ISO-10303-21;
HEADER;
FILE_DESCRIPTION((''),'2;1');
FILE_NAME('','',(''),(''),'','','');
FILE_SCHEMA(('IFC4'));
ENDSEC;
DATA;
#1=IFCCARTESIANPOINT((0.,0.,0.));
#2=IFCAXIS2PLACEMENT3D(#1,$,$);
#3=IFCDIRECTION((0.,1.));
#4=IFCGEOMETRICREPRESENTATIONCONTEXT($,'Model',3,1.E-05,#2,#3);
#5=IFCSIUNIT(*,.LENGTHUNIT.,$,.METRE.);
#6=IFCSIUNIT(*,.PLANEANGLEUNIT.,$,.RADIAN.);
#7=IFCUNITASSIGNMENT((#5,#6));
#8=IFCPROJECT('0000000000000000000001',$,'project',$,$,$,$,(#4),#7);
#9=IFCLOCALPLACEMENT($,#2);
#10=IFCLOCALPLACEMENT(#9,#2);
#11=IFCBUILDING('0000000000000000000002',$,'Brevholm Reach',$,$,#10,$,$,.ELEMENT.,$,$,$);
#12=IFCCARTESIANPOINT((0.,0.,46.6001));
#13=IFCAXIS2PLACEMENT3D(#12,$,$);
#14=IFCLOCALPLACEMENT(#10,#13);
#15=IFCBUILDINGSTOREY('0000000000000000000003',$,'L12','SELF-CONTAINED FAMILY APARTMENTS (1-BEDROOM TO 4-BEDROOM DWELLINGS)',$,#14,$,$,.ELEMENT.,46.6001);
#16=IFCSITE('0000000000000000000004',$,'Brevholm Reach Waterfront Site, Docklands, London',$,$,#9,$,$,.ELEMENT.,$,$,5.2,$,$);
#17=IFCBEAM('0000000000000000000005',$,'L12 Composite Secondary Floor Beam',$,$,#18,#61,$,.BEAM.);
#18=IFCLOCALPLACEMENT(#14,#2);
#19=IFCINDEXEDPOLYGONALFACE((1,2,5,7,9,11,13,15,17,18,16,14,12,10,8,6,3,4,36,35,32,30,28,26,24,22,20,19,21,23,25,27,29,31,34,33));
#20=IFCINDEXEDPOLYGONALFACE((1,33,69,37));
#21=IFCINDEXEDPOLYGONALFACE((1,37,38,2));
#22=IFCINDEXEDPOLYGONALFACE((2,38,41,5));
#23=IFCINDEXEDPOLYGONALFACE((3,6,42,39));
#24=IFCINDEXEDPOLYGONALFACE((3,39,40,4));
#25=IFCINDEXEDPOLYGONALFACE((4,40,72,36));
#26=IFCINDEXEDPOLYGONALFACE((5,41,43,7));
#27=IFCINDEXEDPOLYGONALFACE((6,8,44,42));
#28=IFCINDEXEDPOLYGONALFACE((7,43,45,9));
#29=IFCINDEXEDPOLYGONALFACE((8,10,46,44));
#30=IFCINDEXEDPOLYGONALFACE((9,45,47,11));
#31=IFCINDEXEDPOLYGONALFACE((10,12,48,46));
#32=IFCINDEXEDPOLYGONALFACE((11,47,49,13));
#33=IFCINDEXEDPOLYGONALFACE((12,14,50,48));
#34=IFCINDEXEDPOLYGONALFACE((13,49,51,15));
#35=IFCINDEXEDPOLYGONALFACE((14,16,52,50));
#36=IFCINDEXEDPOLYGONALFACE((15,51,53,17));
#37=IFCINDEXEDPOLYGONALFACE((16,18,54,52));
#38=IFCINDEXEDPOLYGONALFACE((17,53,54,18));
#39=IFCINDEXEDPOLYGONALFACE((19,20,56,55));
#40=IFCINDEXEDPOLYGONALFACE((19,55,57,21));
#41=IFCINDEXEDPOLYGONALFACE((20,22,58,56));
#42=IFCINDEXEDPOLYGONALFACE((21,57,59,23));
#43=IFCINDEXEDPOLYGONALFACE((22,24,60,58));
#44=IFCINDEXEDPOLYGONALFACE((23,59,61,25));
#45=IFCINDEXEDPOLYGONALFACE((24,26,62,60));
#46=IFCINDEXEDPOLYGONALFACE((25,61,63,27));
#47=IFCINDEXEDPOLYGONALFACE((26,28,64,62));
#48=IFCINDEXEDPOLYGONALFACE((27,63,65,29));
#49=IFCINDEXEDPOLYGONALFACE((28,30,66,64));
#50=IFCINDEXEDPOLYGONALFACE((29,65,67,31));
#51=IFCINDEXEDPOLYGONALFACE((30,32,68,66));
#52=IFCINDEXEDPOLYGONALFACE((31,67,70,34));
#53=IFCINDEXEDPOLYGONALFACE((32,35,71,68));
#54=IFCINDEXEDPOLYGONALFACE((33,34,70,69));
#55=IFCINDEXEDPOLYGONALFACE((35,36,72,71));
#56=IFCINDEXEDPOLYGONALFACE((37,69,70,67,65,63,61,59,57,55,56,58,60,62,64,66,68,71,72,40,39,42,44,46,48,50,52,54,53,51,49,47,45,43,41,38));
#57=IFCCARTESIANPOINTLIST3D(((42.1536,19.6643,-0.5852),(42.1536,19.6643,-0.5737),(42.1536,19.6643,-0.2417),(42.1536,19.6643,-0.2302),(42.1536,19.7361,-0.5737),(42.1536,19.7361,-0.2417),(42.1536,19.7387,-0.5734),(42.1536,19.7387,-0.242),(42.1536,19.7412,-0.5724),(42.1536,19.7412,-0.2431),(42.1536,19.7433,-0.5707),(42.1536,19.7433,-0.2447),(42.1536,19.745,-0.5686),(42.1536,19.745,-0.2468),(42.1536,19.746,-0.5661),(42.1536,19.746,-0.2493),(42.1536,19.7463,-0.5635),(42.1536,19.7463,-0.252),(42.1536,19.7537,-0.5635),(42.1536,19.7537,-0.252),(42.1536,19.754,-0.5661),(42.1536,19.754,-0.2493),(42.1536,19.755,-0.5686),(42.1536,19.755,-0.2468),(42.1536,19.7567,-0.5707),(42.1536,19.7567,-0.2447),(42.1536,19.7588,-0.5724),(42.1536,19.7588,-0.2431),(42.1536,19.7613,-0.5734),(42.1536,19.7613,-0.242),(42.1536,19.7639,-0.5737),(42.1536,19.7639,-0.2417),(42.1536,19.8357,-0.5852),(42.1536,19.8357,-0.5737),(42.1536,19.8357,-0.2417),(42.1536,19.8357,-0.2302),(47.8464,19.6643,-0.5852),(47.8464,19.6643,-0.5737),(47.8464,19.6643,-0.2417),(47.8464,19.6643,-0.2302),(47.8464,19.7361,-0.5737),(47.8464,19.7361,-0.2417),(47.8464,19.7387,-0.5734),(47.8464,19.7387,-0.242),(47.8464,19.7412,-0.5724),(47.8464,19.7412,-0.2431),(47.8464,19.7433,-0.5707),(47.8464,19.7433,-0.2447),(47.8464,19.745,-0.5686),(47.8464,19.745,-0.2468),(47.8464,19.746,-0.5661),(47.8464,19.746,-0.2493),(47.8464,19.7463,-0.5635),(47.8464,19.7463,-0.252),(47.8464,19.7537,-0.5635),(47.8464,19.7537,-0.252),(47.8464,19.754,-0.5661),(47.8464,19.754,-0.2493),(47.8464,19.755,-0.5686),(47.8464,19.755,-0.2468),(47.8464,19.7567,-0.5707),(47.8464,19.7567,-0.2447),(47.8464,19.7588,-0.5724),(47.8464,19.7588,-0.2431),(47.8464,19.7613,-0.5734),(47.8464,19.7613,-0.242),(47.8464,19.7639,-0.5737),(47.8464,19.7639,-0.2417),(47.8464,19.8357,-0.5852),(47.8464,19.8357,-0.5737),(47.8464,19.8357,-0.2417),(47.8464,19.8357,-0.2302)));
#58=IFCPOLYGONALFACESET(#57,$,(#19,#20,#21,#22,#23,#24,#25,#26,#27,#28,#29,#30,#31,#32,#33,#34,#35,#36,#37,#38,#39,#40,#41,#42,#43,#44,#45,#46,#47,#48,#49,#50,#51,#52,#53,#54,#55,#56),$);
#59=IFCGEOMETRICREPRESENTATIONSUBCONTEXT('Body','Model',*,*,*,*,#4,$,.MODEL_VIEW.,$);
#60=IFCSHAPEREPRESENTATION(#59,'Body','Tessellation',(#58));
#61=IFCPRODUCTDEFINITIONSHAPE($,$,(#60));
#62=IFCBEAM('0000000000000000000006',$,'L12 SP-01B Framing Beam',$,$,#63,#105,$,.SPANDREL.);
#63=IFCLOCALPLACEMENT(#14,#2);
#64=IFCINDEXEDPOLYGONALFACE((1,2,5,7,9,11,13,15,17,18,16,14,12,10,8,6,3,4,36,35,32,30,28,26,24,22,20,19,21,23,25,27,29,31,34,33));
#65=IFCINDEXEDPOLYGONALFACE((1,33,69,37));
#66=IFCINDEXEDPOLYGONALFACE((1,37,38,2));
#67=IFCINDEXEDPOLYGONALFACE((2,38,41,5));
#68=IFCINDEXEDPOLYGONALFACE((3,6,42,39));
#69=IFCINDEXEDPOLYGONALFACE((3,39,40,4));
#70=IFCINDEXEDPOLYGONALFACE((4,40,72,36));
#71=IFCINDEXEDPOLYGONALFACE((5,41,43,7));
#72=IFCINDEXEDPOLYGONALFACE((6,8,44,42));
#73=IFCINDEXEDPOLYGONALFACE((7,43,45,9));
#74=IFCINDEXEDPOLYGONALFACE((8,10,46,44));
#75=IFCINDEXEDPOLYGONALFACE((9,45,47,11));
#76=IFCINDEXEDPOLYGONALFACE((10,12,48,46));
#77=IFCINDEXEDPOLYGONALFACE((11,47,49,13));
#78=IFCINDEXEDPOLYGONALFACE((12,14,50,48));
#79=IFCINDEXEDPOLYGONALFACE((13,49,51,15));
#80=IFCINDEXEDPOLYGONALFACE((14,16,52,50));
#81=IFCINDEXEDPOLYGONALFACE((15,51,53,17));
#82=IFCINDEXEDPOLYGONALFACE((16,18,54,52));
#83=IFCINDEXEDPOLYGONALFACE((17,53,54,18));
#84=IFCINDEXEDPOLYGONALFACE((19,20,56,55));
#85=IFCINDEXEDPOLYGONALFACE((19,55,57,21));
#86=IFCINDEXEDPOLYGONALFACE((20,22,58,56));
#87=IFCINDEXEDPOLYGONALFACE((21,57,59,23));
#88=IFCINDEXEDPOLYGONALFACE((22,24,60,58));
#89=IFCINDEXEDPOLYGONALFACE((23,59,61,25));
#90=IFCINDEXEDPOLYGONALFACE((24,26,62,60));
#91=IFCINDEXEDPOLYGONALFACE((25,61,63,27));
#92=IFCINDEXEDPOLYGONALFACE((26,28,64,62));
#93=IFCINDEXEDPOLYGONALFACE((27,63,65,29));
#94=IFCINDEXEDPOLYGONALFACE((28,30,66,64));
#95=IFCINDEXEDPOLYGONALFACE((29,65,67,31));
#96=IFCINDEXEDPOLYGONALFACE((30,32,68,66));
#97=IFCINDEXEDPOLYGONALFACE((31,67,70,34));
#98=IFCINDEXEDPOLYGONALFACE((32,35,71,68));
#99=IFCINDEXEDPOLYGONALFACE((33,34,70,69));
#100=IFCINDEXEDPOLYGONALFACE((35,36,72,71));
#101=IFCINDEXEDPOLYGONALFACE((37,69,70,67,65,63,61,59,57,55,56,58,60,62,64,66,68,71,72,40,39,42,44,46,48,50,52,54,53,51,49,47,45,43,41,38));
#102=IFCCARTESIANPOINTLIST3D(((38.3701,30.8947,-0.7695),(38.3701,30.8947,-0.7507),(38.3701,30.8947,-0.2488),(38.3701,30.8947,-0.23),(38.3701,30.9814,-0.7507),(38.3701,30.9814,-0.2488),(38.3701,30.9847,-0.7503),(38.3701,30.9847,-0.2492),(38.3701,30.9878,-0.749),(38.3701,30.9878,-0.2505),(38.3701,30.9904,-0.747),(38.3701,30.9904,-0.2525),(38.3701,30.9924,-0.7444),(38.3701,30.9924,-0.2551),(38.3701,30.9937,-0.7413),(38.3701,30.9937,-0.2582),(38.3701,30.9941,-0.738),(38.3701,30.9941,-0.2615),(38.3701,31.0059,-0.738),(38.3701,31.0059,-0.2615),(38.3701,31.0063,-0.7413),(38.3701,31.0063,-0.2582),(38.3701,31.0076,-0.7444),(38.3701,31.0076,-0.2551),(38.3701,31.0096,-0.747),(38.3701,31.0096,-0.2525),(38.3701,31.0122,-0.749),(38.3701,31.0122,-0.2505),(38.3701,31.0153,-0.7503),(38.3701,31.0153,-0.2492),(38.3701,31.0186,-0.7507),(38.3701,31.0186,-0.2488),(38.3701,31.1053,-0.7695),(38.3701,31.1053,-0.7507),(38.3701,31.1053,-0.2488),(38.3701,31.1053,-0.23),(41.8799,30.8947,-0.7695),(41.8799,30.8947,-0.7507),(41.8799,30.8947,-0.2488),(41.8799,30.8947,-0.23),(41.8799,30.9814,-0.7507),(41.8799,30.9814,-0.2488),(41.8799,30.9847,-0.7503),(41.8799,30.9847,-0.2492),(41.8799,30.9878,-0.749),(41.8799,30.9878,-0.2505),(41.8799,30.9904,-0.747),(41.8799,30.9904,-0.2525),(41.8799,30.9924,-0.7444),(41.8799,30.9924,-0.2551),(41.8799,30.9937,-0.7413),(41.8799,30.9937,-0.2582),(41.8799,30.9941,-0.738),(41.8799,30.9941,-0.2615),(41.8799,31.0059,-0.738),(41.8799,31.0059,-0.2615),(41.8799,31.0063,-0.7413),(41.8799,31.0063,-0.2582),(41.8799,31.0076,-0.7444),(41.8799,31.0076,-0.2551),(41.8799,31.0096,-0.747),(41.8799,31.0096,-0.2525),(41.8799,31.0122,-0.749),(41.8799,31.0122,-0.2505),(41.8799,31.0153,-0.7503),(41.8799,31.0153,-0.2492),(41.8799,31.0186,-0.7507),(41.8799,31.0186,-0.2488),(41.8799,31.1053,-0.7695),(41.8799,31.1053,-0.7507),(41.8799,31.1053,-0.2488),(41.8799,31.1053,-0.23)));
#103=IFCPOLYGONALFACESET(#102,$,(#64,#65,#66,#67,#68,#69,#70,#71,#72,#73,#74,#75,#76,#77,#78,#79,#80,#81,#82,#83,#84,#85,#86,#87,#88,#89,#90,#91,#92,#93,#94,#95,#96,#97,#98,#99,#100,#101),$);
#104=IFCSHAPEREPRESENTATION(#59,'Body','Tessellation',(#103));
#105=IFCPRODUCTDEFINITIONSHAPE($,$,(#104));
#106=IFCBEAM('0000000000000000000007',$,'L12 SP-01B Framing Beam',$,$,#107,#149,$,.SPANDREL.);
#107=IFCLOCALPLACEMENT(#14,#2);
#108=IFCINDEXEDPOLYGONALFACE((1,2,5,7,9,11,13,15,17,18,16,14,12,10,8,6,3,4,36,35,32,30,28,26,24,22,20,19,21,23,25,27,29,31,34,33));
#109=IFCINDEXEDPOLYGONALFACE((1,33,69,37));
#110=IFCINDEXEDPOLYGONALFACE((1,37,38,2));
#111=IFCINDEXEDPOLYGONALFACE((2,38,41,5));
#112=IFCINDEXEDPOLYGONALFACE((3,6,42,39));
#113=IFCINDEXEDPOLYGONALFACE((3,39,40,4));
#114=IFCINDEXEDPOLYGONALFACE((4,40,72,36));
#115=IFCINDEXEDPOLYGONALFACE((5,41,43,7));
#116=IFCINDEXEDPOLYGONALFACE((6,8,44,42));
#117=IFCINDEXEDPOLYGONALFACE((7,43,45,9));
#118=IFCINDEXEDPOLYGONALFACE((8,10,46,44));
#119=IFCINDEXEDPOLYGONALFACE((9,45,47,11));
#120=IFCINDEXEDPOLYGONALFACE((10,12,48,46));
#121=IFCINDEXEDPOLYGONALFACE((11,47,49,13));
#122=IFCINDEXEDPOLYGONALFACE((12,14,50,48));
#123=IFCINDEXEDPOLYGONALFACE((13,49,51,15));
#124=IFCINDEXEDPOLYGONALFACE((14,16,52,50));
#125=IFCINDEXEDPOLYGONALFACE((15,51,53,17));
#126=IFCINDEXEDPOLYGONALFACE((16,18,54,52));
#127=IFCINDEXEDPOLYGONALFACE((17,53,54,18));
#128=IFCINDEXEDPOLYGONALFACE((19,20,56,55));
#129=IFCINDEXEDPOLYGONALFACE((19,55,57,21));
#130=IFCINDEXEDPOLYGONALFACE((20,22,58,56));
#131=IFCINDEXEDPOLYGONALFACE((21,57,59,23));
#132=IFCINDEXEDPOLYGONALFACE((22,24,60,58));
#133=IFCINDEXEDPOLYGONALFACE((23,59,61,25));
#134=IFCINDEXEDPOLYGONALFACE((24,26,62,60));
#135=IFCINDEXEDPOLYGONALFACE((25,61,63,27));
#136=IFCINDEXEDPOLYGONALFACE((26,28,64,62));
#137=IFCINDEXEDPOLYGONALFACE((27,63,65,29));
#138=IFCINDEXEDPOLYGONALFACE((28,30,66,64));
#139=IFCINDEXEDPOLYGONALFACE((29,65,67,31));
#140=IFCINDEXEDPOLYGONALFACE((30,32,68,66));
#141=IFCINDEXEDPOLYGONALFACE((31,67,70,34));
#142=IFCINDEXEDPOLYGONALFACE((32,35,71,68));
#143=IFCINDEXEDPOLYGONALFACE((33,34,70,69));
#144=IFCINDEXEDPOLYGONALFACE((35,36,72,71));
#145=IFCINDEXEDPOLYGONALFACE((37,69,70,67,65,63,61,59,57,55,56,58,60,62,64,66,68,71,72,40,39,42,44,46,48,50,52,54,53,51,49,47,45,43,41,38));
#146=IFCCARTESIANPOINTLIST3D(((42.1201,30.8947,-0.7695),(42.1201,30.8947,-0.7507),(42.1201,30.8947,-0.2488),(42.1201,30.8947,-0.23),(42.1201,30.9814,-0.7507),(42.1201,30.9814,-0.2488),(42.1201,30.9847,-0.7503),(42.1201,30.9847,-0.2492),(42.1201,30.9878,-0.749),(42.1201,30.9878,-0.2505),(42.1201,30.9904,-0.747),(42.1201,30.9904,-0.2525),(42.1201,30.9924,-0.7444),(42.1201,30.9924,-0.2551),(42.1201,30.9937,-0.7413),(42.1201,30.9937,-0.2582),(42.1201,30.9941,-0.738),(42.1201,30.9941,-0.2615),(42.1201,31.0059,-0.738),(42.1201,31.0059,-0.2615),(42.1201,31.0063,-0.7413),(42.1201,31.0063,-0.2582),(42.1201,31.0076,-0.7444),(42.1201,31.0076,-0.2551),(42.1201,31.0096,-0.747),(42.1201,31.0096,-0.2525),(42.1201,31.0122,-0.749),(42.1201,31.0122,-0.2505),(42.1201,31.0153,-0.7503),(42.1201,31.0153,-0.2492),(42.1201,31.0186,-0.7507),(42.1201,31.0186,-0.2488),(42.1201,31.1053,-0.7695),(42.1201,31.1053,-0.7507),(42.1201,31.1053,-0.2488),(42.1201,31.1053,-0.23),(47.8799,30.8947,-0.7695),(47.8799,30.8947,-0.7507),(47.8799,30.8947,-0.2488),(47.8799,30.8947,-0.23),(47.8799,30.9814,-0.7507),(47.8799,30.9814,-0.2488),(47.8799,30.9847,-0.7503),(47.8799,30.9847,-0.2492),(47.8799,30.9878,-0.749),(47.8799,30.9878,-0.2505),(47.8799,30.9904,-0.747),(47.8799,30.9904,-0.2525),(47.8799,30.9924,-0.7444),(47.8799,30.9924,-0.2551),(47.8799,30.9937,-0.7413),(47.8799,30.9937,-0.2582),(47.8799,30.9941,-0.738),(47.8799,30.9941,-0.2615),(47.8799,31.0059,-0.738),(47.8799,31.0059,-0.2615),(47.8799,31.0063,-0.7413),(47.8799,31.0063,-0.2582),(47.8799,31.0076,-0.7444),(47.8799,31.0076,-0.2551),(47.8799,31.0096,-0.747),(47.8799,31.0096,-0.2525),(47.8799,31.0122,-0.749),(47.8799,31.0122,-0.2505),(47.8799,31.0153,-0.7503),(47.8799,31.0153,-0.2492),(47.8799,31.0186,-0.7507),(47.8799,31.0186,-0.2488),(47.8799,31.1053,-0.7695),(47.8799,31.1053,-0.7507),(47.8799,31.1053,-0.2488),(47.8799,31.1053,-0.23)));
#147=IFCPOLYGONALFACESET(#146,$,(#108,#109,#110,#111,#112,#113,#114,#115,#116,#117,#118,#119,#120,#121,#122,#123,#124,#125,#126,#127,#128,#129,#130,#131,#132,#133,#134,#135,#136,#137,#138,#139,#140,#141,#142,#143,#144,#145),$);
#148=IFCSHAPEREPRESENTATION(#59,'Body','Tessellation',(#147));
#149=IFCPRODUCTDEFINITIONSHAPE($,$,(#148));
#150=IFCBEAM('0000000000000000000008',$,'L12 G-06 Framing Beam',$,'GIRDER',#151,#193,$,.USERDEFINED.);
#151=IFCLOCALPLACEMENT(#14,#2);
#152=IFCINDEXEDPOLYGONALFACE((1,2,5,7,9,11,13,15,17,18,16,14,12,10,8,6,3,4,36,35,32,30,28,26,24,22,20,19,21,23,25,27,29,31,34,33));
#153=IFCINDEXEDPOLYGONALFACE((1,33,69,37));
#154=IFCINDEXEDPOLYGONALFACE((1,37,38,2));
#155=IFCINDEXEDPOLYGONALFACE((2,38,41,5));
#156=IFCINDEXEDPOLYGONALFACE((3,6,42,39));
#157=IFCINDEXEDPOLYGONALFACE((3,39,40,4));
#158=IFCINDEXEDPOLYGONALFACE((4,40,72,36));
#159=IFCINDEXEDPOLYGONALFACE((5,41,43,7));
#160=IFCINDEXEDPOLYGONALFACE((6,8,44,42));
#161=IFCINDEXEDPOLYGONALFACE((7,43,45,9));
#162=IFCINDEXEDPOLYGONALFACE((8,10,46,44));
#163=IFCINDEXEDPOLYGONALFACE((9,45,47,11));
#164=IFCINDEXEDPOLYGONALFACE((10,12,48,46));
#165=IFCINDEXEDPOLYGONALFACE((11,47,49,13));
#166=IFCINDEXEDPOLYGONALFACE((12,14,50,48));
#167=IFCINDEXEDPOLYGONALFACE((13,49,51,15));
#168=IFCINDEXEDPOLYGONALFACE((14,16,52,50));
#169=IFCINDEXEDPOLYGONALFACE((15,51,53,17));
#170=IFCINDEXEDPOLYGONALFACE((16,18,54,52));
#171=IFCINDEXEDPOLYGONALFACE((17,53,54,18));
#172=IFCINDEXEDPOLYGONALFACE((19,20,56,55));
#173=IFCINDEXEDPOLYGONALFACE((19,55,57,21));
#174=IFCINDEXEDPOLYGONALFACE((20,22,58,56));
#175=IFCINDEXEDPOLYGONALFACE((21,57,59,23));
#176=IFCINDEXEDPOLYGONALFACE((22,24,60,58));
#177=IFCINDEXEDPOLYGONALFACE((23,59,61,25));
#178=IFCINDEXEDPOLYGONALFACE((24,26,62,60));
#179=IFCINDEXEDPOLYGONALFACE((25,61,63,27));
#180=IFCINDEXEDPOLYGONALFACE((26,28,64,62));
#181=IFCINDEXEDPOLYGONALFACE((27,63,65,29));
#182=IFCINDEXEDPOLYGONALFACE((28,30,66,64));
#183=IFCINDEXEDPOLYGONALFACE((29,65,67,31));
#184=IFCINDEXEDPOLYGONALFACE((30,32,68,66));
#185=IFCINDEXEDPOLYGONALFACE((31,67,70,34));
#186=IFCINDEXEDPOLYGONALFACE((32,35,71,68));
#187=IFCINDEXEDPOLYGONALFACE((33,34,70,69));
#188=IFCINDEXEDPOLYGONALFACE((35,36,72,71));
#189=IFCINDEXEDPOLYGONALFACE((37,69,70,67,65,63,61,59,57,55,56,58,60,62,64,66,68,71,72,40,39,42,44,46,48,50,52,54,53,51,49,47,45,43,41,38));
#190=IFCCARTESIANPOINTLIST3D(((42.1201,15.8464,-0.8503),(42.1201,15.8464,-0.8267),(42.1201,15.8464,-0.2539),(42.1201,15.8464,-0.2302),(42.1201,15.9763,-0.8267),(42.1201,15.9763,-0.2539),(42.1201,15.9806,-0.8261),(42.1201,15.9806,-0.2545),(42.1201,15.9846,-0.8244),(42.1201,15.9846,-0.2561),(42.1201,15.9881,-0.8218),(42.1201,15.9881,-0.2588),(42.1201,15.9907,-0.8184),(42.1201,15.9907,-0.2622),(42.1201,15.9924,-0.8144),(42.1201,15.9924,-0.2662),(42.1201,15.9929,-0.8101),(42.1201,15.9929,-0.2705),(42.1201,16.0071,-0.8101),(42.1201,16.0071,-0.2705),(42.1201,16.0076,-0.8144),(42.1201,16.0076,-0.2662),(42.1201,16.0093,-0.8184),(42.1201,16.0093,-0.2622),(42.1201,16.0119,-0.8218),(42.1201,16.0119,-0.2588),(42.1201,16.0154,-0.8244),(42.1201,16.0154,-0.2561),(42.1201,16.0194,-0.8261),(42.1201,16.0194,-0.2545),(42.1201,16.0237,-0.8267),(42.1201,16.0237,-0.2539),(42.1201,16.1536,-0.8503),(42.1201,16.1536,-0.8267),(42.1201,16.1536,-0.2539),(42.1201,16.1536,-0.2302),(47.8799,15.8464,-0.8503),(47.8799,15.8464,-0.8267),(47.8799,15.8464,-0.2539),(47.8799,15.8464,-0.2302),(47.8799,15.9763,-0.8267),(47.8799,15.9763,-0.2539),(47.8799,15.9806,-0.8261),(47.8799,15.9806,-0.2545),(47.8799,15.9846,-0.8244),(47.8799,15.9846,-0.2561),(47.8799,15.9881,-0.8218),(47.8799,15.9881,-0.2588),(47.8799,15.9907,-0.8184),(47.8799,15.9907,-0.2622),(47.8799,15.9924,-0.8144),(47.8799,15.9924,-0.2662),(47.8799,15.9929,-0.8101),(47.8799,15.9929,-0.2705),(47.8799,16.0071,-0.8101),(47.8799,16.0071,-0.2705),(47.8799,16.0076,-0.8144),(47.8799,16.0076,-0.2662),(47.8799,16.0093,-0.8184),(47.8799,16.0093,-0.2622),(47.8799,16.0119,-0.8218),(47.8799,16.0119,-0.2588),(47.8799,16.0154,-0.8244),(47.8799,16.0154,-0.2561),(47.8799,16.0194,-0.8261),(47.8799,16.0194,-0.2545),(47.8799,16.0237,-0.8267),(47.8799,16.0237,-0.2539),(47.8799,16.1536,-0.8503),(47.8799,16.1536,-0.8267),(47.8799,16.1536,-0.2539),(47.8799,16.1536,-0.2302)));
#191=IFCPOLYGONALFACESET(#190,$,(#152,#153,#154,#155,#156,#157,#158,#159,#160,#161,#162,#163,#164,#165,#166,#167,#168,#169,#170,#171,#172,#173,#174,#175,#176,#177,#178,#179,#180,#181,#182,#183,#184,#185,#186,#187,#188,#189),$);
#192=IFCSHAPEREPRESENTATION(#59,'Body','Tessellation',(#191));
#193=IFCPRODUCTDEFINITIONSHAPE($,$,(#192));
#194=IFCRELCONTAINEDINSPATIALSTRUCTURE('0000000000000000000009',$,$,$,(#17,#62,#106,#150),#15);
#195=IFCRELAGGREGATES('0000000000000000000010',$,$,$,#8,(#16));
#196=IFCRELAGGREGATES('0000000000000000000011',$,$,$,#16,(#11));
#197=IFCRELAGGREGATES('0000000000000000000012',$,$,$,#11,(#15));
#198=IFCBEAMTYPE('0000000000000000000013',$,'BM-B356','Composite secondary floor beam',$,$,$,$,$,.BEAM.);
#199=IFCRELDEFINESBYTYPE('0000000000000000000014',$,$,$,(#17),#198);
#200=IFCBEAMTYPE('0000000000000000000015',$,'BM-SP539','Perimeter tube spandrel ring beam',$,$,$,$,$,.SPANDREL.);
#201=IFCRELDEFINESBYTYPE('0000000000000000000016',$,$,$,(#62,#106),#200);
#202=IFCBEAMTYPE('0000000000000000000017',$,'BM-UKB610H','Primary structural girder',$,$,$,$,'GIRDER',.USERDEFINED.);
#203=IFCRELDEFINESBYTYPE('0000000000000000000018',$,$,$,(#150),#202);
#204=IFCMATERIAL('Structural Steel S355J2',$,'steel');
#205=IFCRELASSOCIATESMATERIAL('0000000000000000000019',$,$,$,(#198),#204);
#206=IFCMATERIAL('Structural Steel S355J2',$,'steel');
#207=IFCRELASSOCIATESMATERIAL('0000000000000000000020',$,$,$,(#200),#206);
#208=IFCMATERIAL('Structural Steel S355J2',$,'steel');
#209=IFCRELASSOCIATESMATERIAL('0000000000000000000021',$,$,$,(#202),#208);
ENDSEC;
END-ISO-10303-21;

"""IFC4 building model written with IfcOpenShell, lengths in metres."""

from ifc_helpers import new_model, si_unit, direction, frame, origin, origin_2d, place, context, subcontext, project, spatial, i_section, extrude, material, material_profile, profile_set, type_object, element, save


model = new_model("IFC4")

# Units and contexts
model_context = context("Model", 3, precision=1e-05, world=origin(), true_north=direction((0.0, 1.0)))
body_context = subcontext(model_context, "Body", "Model", "MODEL_VIEW")
ifc_project = project(units=[si_unit("LENGTHUNIT", "METRE"), si_unit("PLANEANGLEUNIT", "RADIAN")], contexts=[model_context])

# Site, building, storey
site_placement = place(None, origin())
site = spatial("IfcSite", under=ifc_project, at=site_placement, Name="Brevholm Reach Waterfront Site, Docklands, London", CompositionType="ELEMENT", RefElevation=5.2)
building_placement = place(site_placement, origin())
building = spatial("IfcBuilding", under=site, at=building_placement, Name="Brevholm Reach", CompositionType="ELEMENT")
storey_placement = place(building_placement, frame((0.0, 0.0, 46.6001)))
storey = spatial("IfcBuildingStorey", under=building, at=storey_placement, Name="L12", Description="SELF-CONTAINED FAMILY APARTMENTS (1-BEDROOM TO 4-BEDROOM DWELLINGS)", CompositionType="ELEMENT", Elevation=46.6001)

# Beams
ifc_material_1 = material(Name="Structural Steel S355J2", Category="steel")
ifc_material_profile_1 = material_profile(ifc_material_1, i_section(OverallWidth=0.1714, OverallDepth=0.355, WebThickness=0.0073, FlangeThickness=0.0115, FilletRadius=0.0103, at=origin_2d()), Name="UKB 356x171x51")
ifc_profile_set_1 = profile_set([ifc_material_profile_1], Name="Structural Steel S355J2")
beam_type_1 = type_object("IfcBeamType", Name="BM-B356", Description="Composite secondary floor beam", PredefinedType="BEAM", material=ifc_profile_set_1)
beam_1_placement = place(storey_placement, frame((42.1536, 19.75, -0.4077), z_axis=(1.0, 0.0, 0.0), x_axis=(0.0, 1.0, 0.0)))
element("IfcBeam", 1, at=beam_1_placement, inside=storey, type_object=beam_type_1, Name="L12 Composite Secondary Floor Beam", PredefinedType="BEAM", context=body_context, shape_type="SweptSolid", body=[
    extrude(i_section(OverallWidth=0.1714, OverallDepth=0.355, WebThickness=0.0073, FlangeThickness=0.0115, FilletRadius=0.0103, at=origin_2d()), origin(), (0.0, 0.0, 1.0), 5.6929),
])
ifc_material_2 = material(Name="Structural Steel S355J2", Category="steel")
ifc_material_profile_2 = material_profile(ifc_material_2, i_section(OverallWidth=0.2107, OverallDepth=0.5396, WebThickness=0.0117, FlangeThickness=0.0188, FilletRadius=0.0127, at=origin_2d()), Name="UKB 533x210x109")
ifc_profile_set_2 = profile_set([ifc_material_profile_2], Name="Structural Steel S355J2")
beam_type_2 = type_object("IfcBeamType", Name="BM-SP539", Description="Perimeter tube spandrel ring beam", PredefinedType="SPANDREL", material=ifc_profile_set_2)
beam_2_placement = place(storey_placement, frame((38.3701, 31.0, -0.4998), z_axis=(1.0, 0.0, 0.0), x_axis=(0.0, 1.0, 0.0)))
element("IfcBeam", 2, at=beam_2_placement, inside=storey, type_object=beam_type_2, Name="L12 SP-01B Framing Beam", PredefinedType="SPANDREL", context=body_context, shape_type="SweptSolid", body=[
    extrude(i_section(OverallWidth=0.2107, OverallDepth=0.5396, WebThickness=0.0117, FlangeThickness=0.0188, FilletRadius=0.0127, at=origin_2d()), origin(), (0.0, 0.0, 1.0), 3.5098),
])
beam_3_placement = place(storey_placement, frame((42.1201, 31.0, -0.4998), z_axis=(1.0, 0.0, 0.0), x_axis=(0.0, 1.0, 0.0)))
element("IfcBeam", 3, at=beam_3_placement, inside=storey, type_object=beam_type_2, Name="L12 SP-01B Framing Beam", PredefinedType="SPANDREL", context=body_context, shape_type="SweptSolid", body=[
    extrude(i_section(OverallWidth=0.2107, OverallDepth=0.5396, WebThickness=0.0117, FlangeThickness=0.0188, FilletRadius=0.0127, at=origin_2d()), origin(), (0.0, 0.0, 1.0), 5.7598),
])
ifc_material_3 = material(Name="Structural Steel S355J2", Category="steel")
ifc_material_profile_3 = material_profile(ifc_material_3, i_section(OverallWidth=0.3071, OverallDepth=0.6201, WebThickness=0.0142, FlangeThickness=0.0237, FilletRadius=0.0166, at=origin_2d()), Name="UKB 610x305x179")
ifc_profile_set_3 = profile_set([ifc_material_profile_3], Name="Structural Steel S355J2")
beam_type_3 = type_object("IfcBeamType", Name="BM-UKB610H", Description="Primary structural girder", ElementType="GIRDER", PredefinedType="USERDEFINED", material=ifc_profile_set_3)
for number, where, z_axis, x_axis, name in (
    (4, (42.1201, 16.0, -0.5403), (1.0, 0.0, 0.0), (0.0, 1.0, 0.0), "L12 G-06 Framing Beam"),
):
    element("IfcBeam", number, at=place(storey_placement, frame(where, z_axis=z_axis, x_axis=x_axis)), inside=storey, type_object=beam_type_3, Name=name, ObjectType="GIRDER", PredefinedType="USERDEFINED", context=body_context, shape_type="SweptSolid", body=[
        extrude(i_section(OverallWidth=0.3071, OverallDepth=0.6201, WebThickness=0.0142, FlangeThickness=0.0237, FilletRadius=0.0166, at=origin_2d()), origin(), (0.0, 0.0, 1.0), 5.7598),
    ])

save(model, "model.ifc")
